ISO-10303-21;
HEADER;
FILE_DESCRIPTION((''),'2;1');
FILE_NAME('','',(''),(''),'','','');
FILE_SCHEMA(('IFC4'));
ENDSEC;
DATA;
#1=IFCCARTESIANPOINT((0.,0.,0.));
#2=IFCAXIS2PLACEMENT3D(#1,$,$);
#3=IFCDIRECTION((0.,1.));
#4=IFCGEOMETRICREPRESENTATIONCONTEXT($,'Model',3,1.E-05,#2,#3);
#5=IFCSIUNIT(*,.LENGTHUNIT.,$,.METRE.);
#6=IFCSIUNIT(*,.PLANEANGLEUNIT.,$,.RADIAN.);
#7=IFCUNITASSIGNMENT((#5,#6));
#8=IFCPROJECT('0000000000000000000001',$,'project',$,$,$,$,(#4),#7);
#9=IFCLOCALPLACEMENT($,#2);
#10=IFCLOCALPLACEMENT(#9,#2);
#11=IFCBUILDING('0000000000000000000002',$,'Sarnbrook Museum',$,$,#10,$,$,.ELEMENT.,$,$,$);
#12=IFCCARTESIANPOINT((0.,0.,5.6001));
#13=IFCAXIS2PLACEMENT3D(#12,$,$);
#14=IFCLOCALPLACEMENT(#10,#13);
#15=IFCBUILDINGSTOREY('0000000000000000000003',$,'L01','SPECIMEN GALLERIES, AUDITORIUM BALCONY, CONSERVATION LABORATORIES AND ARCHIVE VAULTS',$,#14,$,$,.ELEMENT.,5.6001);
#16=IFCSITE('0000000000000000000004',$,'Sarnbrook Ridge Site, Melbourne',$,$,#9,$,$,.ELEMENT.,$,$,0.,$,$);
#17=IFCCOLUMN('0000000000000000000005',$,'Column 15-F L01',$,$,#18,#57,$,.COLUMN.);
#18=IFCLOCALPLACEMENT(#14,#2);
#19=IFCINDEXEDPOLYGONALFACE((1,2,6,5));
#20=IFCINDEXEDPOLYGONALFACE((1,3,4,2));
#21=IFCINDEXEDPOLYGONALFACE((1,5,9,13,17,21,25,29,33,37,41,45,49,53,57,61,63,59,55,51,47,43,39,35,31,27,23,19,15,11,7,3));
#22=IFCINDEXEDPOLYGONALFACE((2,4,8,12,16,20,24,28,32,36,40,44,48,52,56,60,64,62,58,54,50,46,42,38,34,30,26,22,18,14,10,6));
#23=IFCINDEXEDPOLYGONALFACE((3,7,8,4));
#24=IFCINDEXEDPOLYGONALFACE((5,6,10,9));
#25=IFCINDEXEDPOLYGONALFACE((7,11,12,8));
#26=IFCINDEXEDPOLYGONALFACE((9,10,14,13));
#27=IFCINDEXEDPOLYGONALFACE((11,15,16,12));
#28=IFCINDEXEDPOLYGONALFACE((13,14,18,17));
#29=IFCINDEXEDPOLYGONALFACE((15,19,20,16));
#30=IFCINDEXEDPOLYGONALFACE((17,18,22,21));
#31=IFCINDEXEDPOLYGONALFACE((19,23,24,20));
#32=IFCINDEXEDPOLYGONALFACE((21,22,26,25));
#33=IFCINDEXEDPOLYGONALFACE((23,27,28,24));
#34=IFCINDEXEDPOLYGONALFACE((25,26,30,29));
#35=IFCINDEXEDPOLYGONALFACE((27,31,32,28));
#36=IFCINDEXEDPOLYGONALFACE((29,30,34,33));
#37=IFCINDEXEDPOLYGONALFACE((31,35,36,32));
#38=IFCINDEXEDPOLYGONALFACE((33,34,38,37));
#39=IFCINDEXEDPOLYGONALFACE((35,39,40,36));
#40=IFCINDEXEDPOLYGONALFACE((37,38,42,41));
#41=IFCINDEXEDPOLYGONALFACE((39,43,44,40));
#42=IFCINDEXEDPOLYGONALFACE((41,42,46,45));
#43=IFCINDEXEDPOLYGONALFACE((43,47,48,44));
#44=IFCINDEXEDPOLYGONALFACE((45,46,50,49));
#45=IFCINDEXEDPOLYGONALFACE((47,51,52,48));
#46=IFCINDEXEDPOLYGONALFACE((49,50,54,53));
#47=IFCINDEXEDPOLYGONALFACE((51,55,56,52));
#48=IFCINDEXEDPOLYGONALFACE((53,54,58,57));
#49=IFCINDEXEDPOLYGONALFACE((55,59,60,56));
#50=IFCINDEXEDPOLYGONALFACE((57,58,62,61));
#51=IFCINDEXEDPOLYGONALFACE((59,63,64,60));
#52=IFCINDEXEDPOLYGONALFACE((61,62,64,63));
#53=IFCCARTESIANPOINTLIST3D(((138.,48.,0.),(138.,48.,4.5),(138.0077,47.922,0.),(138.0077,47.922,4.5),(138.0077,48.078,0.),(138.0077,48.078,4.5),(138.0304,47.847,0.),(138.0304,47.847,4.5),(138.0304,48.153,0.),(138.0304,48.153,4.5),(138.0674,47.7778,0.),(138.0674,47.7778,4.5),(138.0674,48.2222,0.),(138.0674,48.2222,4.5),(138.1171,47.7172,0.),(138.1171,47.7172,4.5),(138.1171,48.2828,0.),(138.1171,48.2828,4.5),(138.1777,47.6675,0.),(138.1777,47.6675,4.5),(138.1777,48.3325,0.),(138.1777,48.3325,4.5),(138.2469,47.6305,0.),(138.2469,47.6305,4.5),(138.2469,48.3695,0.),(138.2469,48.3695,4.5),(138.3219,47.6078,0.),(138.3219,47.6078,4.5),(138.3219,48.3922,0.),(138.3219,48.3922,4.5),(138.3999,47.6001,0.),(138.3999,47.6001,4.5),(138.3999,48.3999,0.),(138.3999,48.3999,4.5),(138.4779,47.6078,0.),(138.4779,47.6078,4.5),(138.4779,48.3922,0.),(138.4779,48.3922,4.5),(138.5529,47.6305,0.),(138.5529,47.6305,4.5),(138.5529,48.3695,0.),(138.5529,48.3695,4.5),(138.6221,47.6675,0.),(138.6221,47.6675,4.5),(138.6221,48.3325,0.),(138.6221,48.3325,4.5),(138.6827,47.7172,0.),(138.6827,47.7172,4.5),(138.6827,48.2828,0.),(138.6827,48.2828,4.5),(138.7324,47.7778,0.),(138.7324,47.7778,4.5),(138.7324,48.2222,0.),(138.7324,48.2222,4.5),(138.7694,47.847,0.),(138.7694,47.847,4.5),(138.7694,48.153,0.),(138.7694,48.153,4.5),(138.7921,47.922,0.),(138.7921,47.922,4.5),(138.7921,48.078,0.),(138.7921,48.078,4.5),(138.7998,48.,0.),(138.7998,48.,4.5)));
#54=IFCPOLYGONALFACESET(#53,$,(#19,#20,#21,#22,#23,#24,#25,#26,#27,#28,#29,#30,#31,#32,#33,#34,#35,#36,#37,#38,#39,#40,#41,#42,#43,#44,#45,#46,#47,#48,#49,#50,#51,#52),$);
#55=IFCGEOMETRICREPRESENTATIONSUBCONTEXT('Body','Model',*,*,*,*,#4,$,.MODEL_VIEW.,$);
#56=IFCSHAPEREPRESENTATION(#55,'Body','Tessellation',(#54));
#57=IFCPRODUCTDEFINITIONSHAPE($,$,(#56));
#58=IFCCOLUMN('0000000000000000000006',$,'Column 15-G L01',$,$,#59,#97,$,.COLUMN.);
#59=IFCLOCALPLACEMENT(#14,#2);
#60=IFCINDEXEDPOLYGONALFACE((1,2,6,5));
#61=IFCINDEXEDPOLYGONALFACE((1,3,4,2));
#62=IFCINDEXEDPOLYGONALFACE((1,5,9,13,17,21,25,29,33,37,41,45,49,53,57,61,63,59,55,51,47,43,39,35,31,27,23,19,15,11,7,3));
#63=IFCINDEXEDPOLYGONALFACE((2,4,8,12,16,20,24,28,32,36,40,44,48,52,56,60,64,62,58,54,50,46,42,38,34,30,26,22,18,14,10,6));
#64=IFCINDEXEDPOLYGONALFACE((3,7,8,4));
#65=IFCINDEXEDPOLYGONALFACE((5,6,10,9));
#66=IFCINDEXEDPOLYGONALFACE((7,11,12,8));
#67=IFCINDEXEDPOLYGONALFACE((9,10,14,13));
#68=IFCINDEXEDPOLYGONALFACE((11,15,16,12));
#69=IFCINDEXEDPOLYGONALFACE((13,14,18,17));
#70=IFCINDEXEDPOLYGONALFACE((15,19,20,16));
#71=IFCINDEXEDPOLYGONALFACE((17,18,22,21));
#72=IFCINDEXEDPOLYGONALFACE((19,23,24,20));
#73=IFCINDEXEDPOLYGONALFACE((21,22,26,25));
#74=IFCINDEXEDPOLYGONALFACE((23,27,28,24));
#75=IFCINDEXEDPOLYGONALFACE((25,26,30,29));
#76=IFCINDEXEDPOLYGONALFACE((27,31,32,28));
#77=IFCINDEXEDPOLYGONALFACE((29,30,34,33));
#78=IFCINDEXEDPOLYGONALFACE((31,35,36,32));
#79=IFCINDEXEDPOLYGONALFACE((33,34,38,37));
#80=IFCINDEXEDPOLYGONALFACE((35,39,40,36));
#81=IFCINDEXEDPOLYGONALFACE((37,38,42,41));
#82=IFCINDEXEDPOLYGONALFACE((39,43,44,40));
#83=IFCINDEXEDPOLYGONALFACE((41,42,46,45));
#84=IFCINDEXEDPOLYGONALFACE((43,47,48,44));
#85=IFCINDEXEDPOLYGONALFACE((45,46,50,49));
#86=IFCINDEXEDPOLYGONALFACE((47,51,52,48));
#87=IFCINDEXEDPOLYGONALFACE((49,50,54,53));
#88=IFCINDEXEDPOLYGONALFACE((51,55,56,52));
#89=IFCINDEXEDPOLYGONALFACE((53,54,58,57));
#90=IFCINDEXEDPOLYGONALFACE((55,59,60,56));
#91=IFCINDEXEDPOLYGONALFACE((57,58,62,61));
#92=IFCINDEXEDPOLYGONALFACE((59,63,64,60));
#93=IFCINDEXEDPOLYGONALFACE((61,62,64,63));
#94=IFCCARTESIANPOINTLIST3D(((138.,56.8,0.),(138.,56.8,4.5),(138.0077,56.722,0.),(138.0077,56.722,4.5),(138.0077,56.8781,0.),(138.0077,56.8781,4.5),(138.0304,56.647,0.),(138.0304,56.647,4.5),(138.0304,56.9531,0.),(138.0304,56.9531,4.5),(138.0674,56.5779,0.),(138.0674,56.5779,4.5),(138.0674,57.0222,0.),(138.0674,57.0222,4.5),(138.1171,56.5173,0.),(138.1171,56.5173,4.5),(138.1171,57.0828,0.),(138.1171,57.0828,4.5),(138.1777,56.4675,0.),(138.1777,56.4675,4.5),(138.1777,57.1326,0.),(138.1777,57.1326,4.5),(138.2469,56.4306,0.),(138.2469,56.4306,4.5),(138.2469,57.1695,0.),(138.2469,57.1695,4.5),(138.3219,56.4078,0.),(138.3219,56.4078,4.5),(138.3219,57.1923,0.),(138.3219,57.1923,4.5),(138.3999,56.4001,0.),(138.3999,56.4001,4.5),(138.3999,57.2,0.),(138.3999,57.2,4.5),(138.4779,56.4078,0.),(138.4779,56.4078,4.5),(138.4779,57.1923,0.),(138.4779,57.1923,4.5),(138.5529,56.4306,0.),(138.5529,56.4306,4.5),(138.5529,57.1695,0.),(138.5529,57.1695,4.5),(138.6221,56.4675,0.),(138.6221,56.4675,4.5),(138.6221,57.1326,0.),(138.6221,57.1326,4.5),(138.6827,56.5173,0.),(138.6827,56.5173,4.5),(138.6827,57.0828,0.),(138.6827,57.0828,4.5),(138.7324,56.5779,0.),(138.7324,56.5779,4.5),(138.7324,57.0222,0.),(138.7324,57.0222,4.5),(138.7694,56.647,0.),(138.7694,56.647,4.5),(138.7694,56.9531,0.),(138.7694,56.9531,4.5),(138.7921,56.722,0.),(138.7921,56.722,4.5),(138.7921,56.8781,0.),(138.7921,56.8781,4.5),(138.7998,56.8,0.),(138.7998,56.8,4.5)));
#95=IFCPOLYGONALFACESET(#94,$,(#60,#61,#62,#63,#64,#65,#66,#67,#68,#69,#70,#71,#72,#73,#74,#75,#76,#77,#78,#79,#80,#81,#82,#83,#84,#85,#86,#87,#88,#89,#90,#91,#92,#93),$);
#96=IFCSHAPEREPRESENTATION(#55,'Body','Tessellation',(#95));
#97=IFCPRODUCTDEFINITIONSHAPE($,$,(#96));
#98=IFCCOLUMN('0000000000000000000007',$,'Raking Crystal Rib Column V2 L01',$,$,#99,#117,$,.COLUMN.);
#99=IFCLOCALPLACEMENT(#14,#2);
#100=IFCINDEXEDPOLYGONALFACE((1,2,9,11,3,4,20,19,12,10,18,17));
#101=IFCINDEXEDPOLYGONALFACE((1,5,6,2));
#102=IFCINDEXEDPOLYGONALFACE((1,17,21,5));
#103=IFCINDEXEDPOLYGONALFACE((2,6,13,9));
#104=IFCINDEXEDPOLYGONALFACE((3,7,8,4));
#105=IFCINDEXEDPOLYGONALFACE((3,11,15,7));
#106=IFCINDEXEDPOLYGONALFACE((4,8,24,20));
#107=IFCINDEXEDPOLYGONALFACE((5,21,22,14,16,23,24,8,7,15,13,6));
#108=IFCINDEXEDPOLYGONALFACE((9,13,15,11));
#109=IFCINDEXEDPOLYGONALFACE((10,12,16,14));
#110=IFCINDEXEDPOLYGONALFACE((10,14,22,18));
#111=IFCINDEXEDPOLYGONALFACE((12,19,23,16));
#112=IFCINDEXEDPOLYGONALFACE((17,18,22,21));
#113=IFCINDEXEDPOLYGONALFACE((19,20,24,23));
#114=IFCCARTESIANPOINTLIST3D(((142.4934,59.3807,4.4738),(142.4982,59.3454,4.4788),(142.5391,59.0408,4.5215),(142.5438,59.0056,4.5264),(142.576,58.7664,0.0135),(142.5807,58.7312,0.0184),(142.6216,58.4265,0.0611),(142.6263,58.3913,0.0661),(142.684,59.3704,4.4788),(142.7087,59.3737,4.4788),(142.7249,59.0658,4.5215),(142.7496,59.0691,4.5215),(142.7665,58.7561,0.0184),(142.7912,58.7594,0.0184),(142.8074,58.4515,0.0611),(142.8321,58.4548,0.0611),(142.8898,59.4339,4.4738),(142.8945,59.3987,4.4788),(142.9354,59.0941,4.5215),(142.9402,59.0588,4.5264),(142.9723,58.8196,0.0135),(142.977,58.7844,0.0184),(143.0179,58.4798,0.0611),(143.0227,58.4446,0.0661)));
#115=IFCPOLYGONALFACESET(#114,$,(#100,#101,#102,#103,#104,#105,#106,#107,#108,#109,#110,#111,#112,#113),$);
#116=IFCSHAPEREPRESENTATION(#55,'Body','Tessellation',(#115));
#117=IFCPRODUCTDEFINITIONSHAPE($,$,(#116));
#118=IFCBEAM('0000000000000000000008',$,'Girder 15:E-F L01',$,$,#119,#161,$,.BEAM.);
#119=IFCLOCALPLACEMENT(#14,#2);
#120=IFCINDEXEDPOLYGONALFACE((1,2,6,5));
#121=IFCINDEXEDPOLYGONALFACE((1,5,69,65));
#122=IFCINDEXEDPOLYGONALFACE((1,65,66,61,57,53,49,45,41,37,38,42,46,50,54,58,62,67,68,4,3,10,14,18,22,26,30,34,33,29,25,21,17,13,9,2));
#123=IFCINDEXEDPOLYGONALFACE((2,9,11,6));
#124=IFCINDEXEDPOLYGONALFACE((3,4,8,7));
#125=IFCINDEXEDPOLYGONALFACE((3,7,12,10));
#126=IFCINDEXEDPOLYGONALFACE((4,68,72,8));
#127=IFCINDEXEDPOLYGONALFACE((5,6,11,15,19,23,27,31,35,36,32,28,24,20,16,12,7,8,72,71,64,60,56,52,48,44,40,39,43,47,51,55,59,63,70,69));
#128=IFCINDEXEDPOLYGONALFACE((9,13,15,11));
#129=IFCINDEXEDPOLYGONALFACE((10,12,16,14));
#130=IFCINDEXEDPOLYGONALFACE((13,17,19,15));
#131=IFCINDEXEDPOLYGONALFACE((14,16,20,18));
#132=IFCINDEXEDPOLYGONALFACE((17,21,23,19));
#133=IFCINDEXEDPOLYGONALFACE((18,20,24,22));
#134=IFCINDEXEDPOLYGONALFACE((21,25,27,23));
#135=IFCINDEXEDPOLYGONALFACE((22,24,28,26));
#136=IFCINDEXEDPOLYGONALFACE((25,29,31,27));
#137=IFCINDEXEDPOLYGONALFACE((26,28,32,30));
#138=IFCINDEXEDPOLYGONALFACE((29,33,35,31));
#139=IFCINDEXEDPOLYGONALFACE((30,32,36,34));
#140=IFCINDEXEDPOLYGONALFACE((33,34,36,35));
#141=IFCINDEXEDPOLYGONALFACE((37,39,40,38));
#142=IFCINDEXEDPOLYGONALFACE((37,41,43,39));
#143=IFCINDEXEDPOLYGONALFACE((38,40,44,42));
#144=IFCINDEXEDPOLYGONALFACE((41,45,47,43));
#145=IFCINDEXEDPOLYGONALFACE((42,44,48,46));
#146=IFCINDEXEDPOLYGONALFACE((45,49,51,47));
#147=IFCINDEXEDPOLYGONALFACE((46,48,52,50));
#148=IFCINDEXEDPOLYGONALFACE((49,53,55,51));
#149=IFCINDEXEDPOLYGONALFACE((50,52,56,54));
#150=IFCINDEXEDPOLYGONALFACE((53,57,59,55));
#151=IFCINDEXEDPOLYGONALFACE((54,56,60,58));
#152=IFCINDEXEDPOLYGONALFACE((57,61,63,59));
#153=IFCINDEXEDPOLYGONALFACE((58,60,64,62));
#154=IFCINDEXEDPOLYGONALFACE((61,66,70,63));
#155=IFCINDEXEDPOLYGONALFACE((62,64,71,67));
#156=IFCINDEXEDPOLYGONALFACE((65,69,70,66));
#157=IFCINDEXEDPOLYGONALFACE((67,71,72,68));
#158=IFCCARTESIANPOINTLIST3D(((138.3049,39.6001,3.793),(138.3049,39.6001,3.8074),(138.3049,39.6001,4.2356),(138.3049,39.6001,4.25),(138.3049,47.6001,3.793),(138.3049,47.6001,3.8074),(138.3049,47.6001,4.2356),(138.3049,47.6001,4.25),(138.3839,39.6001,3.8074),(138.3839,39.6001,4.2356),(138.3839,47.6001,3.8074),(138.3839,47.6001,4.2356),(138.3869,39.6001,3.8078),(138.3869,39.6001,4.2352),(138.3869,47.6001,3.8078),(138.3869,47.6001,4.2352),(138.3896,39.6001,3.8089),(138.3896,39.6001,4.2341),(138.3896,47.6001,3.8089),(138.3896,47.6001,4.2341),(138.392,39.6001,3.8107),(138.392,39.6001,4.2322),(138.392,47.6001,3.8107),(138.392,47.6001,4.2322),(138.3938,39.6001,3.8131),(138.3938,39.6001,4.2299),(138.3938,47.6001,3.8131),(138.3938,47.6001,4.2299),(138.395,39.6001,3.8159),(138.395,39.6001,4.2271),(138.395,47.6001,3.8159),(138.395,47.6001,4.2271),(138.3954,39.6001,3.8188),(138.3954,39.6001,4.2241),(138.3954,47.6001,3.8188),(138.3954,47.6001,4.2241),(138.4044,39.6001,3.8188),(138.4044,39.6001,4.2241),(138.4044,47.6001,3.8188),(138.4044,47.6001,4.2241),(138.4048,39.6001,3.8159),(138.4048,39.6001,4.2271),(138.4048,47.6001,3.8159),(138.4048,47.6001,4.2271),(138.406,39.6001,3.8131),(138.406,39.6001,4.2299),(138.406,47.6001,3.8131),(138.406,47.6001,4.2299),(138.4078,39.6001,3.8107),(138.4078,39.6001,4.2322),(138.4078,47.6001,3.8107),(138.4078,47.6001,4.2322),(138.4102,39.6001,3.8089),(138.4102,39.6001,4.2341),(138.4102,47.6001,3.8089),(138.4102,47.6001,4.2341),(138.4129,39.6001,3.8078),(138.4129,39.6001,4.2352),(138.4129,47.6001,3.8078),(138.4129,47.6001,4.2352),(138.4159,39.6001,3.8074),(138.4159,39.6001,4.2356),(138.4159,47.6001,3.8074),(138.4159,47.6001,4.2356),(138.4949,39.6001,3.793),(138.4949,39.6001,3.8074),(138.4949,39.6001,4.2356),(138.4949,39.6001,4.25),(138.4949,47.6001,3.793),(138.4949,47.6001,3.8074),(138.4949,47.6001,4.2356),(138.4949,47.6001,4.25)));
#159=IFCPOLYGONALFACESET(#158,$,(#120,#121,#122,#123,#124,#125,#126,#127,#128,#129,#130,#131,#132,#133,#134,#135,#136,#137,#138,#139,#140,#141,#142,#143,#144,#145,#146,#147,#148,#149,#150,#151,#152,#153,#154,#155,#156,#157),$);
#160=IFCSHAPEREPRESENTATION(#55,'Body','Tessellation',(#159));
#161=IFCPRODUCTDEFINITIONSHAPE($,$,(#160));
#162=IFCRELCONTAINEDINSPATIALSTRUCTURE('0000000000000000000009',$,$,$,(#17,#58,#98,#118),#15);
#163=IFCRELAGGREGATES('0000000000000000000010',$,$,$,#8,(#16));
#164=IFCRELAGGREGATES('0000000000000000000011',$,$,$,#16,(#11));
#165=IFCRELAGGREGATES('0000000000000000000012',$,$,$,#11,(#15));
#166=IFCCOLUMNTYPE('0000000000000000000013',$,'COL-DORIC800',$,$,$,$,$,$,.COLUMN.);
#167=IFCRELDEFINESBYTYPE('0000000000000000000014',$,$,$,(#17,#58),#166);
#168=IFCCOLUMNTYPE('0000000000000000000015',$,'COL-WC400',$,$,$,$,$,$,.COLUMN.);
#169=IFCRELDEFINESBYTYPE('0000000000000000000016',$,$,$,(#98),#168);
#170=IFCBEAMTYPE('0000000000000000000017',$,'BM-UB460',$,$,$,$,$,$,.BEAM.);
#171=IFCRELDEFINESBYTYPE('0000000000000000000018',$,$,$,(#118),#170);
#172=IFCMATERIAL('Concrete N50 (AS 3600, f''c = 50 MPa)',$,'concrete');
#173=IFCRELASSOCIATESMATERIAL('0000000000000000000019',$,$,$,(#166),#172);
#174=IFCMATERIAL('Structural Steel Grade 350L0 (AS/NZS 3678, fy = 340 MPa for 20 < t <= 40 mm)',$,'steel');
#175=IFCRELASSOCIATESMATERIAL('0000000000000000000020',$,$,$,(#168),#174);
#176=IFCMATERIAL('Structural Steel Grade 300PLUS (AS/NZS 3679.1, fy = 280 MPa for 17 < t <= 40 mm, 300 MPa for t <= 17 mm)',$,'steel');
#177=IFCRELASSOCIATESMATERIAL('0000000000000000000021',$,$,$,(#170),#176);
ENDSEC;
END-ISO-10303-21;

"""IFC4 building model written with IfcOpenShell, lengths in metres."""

from ifc_helpers import new_model, si_unit, direction, frame, origin, origin_2d, place, context, subcontext, project, spatial, circle, i_section, extrude, material, material_profile, profile_set, type_object, element, save


model = new_model("IFC4")

# Units and contexts
model_context = context("Model", 3, precision=1e-05, world=origin(), true_north=direction((0.0, 1.0)))
body_context = subcontext(model_context, "Body", "Model", "MODEL_VIEW")
ifc_project = project(units=[si_unit("LENGTHUNIT", "METRE"), si_unit("PLANEANGLEUNIT", "RADIAN")], contexts=[model_context])

# Site, building, storey
site_placement = place(None, origin())
site = spatial("IfcSite", under=ifc_project, at=site_placement, Name="Sarnbrook Ridge Site, Melbourne", CompositionType="ELEMENT", RefElevation=0.0)
building_placement = place(site_placement, origin())
building = spatial("IfcBuilding", under=site, at=building_placement, Name="Sarnbrook Museum", CompositionType="ELEMENT")
storey_placement = place(building_placement, frame((0.0, 0.0, 5.6001)))
storey = spatial("IfcBuildingStorey", under=building, at=storey_placement, Name="L01", Description="SPECIMEN GALLERIES, AUDITORIUM BALCONY, CONSERVATION LABORATORIES AND ARCHIVE VAULTS", CompositionType="ELEMENT", Elevation=5.6001)

# Columns
ifc_material_1 = material(Name="Concrete N50 (AS 3600, f'c = 50 MPa)", Category="concrete")
ifc_material_profile_1 = material_profile(ifc_material_1, circle(Radius=0.3999, at=origin_2d()), Name="DORIC D800")
ifc_profile_set_1 = profile_set([ifc_material_profile_1], Name="Concrete N50 (AS 3600, f'c = 50 MPa)")
column_type_1 = type_object("IfcColumnType", Name="COL-DORIC800", PredefinedType="COLUMN", material=ifc_profile_set_1)
for number, where, z_axis, x_axis, name in (
    (1, (138.3999, 48.0, 0.0), (0.0, 0.0, 1.0), (1.0, 0.0, 0.0), "Column 15-F L01"),
    (2, (138.3999, 56.8, 0.0), (0.0, 0.0, 1.0), (1.0, 0.0, 0.0), "Column 15-G L01"),
):
    element("IfcColumn", number, at=place(storey_placement, frame(where, z_axis=z_axis, x_axis=x_axis)), inside=storey, type_object=column_type_1, Name=name, PredefinedType="COLUMN", context=body_context, shape_type="SweptSolid", body=[
        extrude(circle(Radius=0.3999, at=origin_2d()), origin(), (0.0, 0.0, 1.0), 4.5),
    ])
ifc_material_2 = material(Name="Structural Steel Grade 350L0 (AS/NZS 3678, fy = 340 MPa for 20 < t <= 40 mm)", Category="steel")
ifc_material_profile_2 = material_profile(ifc_material_2, i_section(OverallWidth=0.3999, OverallDepth=0.3821, WebThickness=0.0249, FlangeThickness=0.0359, at=origin_2d()), Name="400WC270")
ifc_profile_set_2 = profile_set([ifc_material_profile_2], Name="Structural Steel Grade 350L0 (AS/NZS 3678, fy = 340 MPa for 20 < t <= 40 mm)")
column_type_2 = type_object("IfcColumnType", Name="COL-WC400", PredefinedType="COLUMN", material=ifc_profile_set_2)
column_placement = place(storey_placement, frame((142.7993, 58.6055, 0.0398), z_axis=(-0.018325, 0.136409, 0.990483), x_axis=(-0.991097, -0.133144, 0.0)))
element("IfcColumn", 3, at=column_placement, inside=storey, type_object=column_type_2, Name="Raking Crystal Rib Column V2 L01", PredefinedType="COLUMN", context=body_context, shape_type="SweptSolid", body=[
    extrude(i_section(OverallWidth=0.3999, OverallDepth=0.3821, WebThickness=0.0249, FlangeThickness=0.0359, at=origin_2d()), origin(), (0.0, 0.0, 1.0), 4.5032),
])

# Beam
ifc_material_3 = material(Name="Structural Steel Grade 300PLUS (AS/NZS 3679.1, fy = 280 MPa for 17 < t <= 40 mm, 300 MPa for t <= 17 mm)", Category="steel")
ifc_material_profile_3 = material_profile(ifc_material_3, i_section(OverallWidth=0.1899, OverallDepth=0.457, WebThickness=0.009, FlangeThickness=0.0144, FilletRadius=0.0115, at=origin_2d()), Name="460UB74.6")
ifc_profile_set_3 = profile_set([ifc_material_profile_3], Name="Structural Steel Grade 300PLUS (AS/NZS 3679.1, fy = 280 MPa for 17 < t <= 40 mm, 300 MPa for t <= 17 mm)")
beam_type_1 = type_object("IfcBeamType", Name="BM-UB460", PredefinedType="BEAM", material=ifc_profile_set_3)
for number, where, z_axis, x_axis, name in (
    (4, (138.3999, 39.6001, 4.0215), (0.0, 1.0, 0.0), (-1.0, 0.0, 0.0), "Girder 15:E-F L01"),
):
    element("IfcBeam", number, at=place(storey_placement, frame(where, z_axis=z_axis, x_axis=x_axis)), inside=storey, type_object=beam_type_1, Name=name, PredefinedType="BEAM", context=body_context, shape_type="SweptSolid", body=[
        extrude(i_section(OverallWidth=0.1899, OverallDepth=0.457, WebThickness=0.009, FlangeThickness=0.0144, FilletRadius=0.0115, at=origin_2d()), origin(), (0.0, 0.0, 1.0), 8.0),
    ])

save(model, "model.ifc")
